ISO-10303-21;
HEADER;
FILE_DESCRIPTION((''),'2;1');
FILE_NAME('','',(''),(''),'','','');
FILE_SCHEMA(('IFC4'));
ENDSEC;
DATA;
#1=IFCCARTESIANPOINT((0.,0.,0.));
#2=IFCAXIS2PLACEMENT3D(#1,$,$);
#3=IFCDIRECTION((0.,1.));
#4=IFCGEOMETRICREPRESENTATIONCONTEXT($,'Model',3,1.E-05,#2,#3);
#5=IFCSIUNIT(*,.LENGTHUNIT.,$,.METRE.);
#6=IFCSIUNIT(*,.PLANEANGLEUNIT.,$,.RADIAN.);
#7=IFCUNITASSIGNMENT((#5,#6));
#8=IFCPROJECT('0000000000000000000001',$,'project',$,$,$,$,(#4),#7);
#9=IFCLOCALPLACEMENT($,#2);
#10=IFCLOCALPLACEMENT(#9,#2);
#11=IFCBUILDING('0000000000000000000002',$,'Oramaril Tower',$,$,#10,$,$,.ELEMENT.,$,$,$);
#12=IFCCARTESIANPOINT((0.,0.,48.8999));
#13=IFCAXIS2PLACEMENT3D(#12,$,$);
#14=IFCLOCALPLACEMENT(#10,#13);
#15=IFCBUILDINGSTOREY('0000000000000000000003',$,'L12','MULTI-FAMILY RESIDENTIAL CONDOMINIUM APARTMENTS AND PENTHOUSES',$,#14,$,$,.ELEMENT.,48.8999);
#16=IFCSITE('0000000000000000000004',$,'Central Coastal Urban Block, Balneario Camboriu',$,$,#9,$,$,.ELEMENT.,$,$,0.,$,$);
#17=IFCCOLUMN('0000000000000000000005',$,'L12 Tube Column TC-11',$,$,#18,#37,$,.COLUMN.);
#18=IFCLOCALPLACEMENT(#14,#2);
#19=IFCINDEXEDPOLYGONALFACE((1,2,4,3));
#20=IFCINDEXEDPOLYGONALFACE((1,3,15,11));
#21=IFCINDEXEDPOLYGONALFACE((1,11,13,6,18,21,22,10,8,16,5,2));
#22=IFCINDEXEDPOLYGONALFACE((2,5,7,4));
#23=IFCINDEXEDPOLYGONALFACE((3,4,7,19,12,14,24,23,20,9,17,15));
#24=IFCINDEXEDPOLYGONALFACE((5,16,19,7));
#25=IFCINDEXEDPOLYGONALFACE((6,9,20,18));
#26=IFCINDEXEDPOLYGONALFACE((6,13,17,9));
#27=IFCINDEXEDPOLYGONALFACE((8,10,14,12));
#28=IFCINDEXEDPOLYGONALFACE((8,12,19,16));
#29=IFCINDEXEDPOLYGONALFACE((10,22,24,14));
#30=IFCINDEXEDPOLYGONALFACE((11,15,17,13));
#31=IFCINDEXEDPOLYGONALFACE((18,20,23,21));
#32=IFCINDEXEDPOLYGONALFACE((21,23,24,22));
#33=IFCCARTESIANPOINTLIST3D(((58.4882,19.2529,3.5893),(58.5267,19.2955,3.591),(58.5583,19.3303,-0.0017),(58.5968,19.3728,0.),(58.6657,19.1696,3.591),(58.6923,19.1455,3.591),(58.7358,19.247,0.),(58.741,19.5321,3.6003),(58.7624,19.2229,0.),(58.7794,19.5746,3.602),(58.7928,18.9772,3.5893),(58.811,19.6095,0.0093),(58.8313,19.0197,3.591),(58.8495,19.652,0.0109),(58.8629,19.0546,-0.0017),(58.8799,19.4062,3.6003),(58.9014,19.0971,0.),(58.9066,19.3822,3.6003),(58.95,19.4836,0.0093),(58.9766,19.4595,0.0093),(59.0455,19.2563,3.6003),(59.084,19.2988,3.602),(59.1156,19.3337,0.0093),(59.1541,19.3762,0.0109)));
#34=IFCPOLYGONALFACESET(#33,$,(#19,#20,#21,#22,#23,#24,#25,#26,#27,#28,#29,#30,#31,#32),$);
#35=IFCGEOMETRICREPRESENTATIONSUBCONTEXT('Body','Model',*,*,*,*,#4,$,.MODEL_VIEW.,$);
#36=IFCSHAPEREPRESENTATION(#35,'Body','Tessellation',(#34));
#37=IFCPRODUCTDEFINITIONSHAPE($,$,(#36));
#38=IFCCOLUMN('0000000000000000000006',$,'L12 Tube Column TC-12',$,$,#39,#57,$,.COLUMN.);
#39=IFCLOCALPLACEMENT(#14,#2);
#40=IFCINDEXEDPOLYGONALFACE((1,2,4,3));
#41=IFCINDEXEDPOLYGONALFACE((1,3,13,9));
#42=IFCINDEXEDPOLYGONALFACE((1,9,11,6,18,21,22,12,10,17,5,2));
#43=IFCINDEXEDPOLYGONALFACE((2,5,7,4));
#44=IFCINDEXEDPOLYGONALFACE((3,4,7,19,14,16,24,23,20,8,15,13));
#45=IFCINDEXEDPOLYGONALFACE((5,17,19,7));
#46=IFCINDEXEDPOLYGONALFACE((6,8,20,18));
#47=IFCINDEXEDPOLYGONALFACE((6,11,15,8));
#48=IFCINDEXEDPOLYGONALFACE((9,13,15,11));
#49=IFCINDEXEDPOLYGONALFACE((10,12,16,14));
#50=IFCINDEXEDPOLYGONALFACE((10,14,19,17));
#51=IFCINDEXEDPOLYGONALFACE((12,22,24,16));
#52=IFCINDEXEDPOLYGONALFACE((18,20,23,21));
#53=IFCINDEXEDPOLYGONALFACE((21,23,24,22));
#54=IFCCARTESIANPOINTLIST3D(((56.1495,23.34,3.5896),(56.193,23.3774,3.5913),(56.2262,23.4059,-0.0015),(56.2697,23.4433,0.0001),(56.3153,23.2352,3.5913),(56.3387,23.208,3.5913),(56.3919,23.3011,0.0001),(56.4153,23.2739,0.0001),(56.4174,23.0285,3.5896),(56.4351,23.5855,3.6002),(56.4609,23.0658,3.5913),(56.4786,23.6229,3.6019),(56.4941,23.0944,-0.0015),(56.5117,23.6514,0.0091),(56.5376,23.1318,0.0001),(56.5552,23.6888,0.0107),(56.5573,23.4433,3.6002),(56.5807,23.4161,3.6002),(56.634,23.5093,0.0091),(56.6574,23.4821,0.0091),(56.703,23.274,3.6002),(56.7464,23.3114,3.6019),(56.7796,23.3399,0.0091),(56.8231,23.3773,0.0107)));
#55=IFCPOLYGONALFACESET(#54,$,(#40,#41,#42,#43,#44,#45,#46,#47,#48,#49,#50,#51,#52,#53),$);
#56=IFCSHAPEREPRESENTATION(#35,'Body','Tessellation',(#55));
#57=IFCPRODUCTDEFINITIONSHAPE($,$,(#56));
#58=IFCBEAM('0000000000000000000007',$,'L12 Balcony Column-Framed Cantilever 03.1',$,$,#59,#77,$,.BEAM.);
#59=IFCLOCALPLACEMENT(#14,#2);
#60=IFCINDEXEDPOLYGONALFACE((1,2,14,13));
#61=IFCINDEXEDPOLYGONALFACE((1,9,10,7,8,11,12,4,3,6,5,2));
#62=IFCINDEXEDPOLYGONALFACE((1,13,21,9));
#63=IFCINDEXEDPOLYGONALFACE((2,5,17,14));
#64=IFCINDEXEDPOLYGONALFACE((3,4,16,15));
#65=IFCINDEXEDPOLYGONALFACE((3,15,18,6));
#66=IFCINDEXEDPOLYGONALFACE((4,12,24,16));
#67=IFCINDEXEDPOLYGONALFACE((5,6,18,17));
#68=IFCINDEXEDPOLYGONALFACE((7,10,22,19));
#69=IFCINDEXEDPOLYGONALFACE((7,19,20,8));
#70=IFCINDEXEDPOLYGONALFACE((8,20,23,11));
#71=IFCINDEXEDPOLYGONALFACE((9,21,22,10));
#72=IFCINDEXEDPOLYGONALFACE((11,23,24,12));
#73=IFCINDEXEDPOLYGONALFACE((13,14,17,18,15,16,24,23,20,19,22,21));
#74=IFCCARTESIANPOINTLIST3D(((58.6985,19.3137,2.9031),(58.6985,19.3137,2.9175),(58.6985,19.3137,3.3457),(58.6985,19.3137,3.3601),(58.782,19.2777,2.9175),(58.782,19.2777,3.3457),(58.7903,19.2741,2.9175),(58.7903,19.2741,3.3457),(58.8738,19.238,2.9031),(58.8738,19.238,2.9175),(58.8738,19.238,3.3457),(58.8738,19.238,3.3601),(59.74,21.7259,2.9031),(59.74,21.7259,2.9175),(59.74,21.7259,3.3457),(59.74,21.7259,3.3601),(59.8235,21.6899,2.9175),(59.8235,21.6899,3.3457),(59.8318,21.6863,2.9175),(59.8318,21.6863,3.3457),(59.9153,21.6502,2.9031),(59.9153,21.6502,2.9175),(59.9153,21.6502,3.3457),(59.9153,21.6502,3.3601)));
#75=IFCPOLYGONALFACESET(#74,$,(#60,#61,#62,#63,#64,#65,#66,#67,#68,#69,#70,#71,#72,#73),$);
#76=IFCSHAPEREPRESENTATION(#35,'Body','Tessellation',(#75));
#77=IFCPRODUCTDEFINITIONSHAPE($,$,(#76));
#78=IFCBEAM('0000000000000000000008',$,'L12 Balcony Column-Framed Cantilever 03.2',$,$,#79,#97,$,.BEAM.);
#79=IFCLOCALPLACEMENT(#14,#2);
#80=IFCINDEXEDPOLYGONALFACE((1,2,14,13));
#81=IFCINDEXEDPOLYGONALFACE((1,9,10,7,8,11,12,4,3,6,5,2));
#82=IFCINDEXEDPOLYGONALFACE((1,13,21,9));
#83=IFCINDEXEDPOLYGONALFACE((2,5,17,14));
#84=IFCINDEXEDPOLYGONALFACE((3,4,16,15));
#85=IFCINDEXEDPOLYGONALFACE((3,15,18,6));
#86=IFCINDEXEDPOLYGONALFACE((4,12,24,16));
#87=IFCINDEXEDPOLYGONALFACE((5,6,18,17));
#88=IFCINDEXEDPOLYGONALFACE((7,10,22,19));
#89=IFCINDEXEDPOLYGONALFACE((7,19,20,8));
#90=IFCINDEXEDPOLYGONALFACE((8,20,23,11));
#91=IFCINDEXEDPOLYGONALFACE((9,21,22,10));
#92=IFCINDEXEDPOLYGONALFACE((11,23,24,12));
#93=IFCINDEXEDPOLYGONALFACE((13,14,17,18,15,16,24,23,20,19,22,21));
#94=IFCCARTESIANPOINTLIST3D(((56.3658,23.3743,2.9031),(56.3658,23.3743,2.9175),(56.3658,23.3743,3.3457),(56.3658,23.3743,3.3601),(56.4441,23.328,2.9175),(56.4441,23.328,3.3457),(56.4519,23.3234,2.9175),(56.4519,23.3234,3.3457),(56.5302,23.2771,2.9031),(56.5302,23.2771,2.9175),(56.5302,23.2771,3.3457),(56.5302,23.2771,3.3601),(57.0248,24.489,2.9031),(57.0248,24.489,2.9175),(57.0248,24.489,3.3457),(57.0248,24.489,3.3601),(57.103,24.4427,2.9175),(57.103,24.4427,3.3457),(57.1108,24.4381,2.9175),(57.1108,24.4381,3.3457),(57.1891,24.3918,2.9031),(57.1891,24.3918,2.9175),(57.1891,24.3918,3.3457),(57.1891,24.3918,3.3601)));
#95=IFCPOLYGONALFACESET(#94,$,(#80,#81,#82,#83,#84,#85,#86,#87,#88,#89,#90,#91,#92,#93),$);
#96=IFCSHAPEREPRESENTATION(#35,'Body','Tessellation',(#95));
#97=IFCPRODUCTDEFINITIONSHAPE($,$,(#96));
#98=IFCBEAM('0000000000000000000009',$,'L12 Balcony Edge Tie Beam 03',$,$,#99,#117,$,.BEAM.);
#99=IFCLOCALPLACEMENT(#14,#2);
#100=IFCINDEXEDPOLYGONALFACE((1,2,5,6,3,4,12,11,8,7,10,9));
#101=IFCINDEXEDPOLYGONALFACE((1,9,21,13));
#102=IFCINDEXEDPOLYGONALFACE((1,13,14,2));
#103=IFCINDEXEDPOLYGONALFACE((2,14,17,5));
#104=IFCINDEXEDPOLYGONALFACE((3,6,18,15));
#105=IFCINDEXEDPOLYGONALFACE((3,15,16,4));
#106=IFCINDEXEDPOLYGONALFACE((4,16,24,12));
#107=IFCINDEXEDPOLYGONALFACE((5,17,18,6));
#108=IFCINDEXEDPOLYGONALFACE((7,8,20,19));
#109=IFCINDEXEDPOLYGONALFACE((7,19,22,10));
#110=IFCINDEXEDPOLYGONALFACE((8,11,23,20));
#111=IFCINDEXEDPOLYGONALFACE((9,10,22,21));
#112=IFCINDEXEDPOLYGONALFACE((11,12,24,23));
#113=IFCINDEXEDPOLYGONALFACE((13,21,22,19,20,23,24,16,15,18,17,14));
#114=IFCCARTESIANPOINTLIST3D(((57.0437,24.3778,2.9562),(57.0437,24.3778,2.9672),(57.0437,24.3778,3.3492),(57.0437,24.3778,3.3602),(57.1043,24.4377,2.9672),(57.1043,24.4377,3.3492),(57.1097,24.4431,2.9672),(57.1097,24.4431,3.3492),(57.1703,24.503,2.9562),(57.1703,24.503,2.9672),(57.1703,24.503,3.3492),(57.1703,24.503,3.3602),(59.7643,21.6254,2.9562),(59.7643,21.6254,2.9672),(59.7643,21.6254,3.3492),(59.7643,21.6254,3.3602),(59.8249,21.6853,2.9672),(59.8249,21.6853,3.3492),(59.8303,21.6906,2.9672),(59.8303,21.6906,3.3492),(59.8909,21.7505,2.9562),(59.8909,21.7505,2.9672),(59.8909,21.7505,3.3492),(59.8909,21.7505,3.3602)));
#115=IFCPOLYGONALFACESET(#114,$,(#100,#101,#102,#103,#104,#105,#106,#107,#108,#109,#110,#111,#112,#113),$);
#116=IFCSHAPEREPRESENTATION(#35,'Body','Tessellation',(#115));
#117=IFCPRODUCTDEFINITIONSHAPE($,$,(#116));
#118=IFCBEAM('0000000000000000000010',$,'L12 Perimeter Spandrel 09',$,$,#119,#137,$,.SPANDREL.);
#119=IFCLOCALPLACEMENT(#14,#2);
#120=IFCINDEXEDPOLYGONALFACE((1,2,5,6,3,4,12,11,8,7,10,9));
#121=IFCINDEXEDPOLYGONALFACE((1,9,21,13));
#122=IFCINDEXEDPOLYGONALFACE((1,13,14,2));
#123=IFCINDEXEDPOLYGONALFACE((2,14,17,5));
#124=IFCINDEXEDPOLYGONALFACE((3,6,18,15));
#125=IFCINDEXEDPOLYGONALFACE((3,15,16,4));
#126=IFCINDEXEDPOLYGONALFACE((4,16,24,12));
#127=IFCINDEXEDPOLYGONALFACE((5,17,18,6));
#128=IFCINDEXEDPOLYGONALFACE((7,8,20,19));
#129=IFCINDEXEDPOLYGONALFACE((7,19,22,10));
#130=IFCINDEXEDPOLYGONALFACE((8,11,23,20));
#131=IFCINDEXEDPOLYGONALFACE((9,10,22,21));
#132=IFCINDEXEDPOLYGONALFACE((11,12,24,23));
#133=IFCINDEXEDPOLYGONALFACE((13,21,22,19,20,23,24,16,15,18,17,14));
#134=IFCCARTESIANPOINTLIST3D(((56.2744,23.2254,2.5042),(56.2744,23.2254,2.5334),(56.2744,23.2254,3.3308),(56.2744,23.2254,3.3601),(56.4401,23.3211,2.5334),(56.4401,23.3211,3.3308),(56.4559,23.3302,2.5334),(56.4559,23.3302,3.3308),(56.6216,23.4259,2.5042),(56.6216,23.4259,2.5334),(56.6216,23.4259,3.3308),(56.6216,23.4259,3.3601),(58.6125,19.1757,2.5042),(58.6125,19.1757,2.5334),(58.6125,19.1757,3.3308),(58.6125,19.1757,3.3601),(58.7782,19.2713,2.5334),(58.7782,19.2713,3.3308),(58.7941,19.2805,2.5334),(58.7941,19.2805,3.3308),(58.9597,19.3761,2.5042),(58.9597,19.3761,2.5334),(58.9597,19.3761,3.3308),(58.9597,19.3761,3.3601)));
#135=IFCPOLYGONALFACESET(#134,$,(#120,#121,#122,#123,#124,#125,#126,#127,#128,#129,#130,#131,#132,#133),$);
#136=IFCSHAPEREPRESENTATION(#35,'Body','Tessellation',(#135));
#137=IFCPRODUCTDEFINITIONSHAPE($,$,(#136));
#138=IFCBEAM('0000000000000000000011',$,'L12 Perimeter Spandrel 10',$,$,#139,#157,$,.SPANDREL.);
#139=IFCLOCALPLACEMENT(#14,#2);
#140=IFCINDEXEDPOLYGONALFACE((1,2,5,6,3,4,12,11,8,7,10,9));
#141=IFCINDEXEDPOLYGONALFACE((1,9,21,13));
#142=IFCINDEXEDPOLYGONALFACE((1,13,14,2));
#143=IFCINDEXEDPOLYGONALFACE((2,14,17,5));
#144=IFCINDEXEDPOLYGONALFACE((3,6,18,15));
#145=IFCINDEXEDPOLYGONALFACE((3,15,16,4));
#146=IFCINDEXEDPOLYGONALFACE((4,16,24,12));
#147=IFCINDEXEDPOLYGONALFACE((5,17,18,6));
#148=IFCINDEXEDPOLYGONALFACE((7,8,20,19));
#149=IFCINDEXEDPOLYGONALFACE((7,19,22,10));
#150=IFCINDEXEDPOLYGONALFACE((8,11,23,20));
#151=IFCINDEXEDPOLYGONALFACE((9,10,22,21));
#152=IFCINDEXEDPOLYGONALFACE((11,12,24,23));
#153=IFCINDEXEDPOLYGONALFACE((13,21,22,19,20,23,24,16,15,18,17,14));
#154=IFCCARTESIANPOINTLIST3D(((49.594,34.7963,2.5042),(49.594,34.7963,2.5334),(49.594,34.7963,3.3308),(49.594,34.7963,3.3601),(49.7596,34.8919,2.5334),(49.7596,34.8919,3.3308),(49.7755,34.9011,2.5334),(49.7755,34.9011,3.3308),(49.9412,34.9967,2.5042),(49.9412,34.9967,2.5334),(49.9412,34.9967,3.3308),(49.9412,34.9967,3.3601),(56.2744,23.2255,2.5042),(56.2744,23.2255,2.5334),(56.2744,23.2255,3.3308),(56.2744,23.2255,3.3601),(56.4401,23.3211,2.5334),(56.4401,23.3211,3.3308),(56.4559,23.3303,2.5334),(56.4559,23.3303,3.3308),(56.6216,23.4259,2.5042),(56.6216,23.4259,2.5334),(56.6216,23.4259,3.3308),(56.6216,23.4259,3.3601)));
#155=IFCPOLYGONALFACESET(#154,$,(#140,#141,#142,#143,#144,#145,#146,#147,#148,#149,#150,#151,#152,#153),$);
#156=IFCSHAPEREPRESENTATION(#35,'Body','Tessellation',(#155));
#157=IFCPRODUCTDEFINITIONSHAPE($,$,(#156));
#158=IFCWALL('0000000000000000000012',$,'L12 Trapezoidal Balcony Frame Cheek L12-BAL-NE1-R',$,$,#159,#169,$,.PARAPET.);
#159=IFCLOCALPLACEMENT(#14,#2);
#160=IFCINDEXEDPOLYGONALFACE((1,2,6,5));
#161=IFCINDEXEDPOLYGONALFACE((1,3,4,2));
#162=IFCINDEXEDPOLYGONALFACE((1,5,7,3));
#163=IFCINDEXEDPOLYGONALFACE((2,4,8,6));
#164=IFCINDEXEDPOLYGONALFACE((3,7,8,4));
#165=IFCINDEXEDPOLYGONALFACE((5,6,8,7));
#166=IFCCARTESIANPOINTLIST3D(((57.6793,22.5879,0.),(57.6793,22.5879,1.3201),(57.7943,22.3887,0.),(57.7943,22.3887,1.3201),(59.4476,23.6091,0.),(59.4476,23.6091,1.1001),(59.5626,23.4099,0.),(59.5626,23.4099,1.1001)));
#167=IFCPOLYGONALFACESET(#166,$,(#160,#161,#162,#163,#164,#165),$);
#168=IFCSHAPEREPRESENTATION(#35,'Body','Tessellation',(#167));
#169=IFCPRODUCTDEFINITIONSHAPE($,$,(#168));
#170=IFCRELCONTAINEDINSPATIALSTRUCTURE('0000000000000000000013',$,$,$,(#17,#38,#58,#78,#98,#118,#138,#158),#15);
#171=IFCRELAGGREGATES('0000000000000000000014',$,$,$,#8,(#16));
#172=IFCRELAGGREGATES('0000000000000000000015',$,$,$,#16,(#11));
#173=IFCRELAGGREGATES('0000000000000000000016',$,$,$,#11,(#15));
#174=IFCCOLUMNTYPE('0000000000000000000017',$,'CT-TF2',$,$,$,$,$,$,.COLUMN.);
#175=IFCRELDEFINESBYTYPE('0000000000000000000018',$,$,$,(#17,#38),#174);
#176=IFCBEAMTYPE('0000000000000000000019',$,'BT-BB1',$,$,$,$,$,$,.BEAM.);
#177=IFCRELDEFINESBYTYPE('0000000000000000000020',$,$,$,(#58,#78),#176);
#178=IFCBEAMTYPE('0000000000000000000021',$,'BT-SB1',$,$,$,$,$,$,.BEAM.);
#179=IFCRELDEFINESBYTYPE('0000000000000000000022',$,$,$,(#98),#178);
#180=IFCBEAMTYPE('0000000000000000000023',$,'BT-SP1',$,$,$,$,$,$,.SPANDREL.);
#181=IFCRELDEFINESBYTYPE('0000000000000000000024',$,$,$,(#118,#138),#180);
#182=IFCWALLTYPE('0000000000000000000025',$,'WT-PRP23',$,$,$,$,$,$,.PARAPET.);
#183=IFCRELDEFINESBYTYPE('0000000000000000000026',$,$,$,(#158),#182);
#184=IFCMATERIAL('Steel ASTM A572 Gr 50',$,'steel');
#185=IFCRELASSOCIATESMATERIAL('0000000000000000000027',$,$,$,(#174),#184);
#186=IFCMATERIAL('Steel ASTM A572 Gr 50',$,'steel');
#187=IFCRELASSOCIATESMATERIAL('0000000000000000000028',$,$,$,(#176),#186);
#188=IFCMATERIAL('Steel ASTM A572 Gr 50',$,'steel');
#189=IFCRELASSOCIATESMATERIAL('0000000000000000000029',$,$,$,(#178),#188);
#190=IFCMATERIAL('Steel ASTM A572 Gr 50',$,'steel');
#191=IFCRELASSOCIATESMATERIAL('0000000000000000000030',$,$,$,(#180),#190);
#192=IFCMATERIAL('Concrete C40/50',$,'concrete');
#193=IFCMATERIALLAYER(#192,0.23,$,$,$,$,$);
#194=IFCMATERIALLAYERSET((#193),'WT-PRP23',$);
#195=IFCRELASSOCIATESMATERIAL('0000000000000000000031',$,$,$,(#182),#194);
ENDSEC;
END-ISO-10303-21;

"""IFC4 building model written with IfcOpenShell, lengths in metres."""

from ifc_helpers import new_model, si_unit, direction, frame, origin, origin_2d, place, context, subcontext, project, spatial, polyline, i_section, outline, extrude, material, layer, layer_set, material_profile, profile_set, type_object, element, save


model = new_model("IFC4")

# Units and contexts
model_context = context("Model", 3, precision=1e-05, world=origin(), true_north=direction((0.0, 1.0)))
body_context = subcontext(model_context, "Body", "Model", "MODEL_VIEW")
ifc_project = project(units=[si_unit("LENGTHUNIT", "METRE"), si_unit("PLANEANGLEUNIT", "RADIAN")], contexts=[model_context])

# Site, building, storey
site_placement = place(None, origin())
site = spatial("IfcSite", under=ifc_project, at=site_placement, Name="Central Coastal Urban Block, Balneario Camboriu", CompositionType="ELEMENT", RefElevation=0.0)
building_placement = place(site_placement, origin())
building = spatial("IfcBuilding", under=site, at=building_placement, Name="Oramaril Tower", CompositionType="ELEMENT")
storey_placement = place(building_placement, frame((0.0, 0.0, 48.8999)))
storey = spatial("IfcBuildingStorey", under=building, at=storey_placement, Name="L12", Description="MULTI-FAMILY RESIDENTIAL CONDOMINIUM APARTMENTS AND PENTHOUSES", CompositionType="ELEMENT", Elevation=48.8999)

# Columns
ifc_material_1 = material(Name="Steel ASTM A572 Gr 50", Category="steel")
ifc_material_profile_1 = material_profile(ifc_material_1, i_section(OverallWidth=0.4109, OverallDepth=0.4341, WebThickness=0.0359, FlangeThickness=0.0574, at=origin_2d()), Name="W14X311")
ifc_profile_set_1 = profile_set([ifc_material_profile_1], Name="Steel ASTM A572 Gr 50")
column_type = type_object("IfcColumnType", Name="CT-TF2", PredefinedType="COLUMN", material=ifc_profile_set_1)
for number, where, z_axis, x_axis, name in (
    (1, (58.8562, 19.3533, 0.0046), (-0.019504, -0.021542, 0.999578), (0.741314, -0.671158, 0.0), "L12 Tube Column TC-11"),
    (2, (56.5247, 23.3916, 0.0046), (-0.021339, -0.018349, 0.999604), (0.651984, -0.758233, 0.0), "L12 Tube Column TC-12"),
):
    element("IfcColumn", number, at=place(storey_placement, frame(where, z_axis=z_axis, x_axis=x_axis)), inside=storey, type_object=column_type, Name=name, PredefinedType="COLUMN", context=body_context, shape_type="SweptSolid", body=[
        extrude(i_section(OverallWidth=0.4109, OverallDepth=0.4341, WebThickness=0.0359, FlangeThickness=0.0574, at=origin_2d()), origin(), (0.0, 0.0, 1.0), 3.5925),
    ])

# Beams
ifc_material_2 = material(Name="Steel ASTM A572 Gr 50", Category="steel")
ifc_material_profile_2 = material_profile(ifc_material_2, i_section(OverallWidth=0.1909, OverallDepth=0.457, WebThickness=0.009, FlangeThickness=0.0144, at=origin_2d()), Name="W18X50")
ifc_profile_set_2 = profile_set([ifc_material_profile_2], Name="Steel ASTM A572 Gr 50")
beam_type_1 = type_object("IfcBeamType", Name="BT-BB1", PredefinedType="BEAM", material=ifc_profile_set_2)
beam_1_placement = place(storey_placement, frame((58.7861, 19.2759, 3.1316), z_axis=(0.396408, 0.918075, 0.0), x_axis=(-0.918075, 0.396408, 0.0)))
element("IfcBeam", 3, at=beam_1_placement, inside=storey, type_object=beam_type_1, Name="L12 Balcony Column-Framed Cantilever 03.1", PredefinedType="BEAM", context=body_context, shape_type="SweptSolid", body=[
    extrude(i_section(OverallWidth=0.1909, OverallDepth=0.457, WebThickness=0.009, FlangeThickness=0.0144, at=origin_2d()), origin(), (0.0, 0.0, 1.0), 2.6274),
])
beam_2_placement = place(storey_placement, frame((56.448, 23.3257, 3.1316), z_axis=(0.508856, 0.860851, 0.0), x_axis=(-0.860851, 0.508856, 0.0)))
element("IfcBeam", 4, at=beam_2_placement, inside=storey, type_object=beam_type_1, Name="L12 Balcony Column-Framed Cantilever 03.2", PredefinedType="BEAM", context=body_context, shape_type="SweptSolid", body=[
    extrude(i_section(OverallWidth=0.1909, OverallDepth=0.457, WebThickness=0.009, FlangeThickness=0.0144, at=origin_2d()), origin(), (0.0, 0.0, 1.0), 1.2949),
])
ifc_material_3 = material(Name="Steel ASTM A572 Gr 50", Category="steel")
ifc_material_profile_3 = material_profile(ifc_material_3, i_section(OverallWidth=0.178, OverallDepth=0.4041, WebThickness=0.0076, FlangeThickness=0.011, at=origin_2d()), Name="W16X36")
ifc_profile_set_3 = profile_set([ifc_material_profile_3], Name="Steel ASTM A572 Gr 50")
beam_type_2 = type_object("IfcBeamType", Name="BT-SB1", PredefinedType="BEAM", material=ifc_profile_set_3)
beam_3_placement = place(storey_placement, frame((59.8276, 21.688, 3.1582), z_axis=(-0.702995, 0.711195, 0.0), x_axis=(-0.711195, -0.702995, 0.0)))
element("IfcBeam", 5, at=beam_3_placement, inside=storey, type_object=beam_type_2, Name="L12 Balcony Edge Tie Beam 03", PredefinedType="BEAM", context=body_context, shape_type="SweptSolid", body=[
    extrude(i_section(OverallWidth=0.178, OverallDepth=0.4041, WebThickness=0.0076, FlangeThickness=0.011, at=origin_2d()), origin(), (0.0, 0.0, 1.0), 3.8701),
])
ifc_material_4 = material(Name="Steel ASTM A572 Gr 50", Category="steel")
ifc_material_profile_4 = material_profile(ifc_material_4, i_section(OverallWidth=0.4009, OverallDepth=0.856, WebThickness=0.0183, FlangeThickness=0.0293, at=origin_2d()), Name="W33X201")
ifc_profile_set_4 = profile_set([ifc_material_profile_4], Name="Steel ASTM A572 Gr 50")
beam_type_3 = type_object("IfcBeamType", Name="BT-SP1", PredefinedType="SPANDREL", material=ifc_profile_set_4)
beam_4_placement = place(storey_placement, frame((58.7861, 19.2759, 2.9321), z_axis=(-0.499997, 0.866027, 0.0), x_axis=(-0.866027, -0.499997, 0.0)))
element("IfcBeam", 6, at=beam_4_placement, inside=storey, type_object=beam_type_3, Name="L12 Perimeter Spandrel 09", PredefinedType="SPANDREL", context=body_context, shape_type="SweptSolid", body=[
    extrude(i_section(OverallWidth=0.4009, OverallDepth=0.856, WebThickness=0.0183, FlangeThickness=0.0293, at=origin_2d()), origin(), (0.0, 0.0, 1.0), 4.6763),
])
beam_5_placement = place(storey_placement, frame((56.448, 23.3257, 2.9321), z_axis=(-0.500001, 0.866025, 0.0), x_axis=(-0.866025, -0.500001, 0.0)))
element("IfcBeam", 7, at=beam_5_placement, inside=storey, type_object=beam_type_3, Name="L12 Perimeter Spandrel 10", PredefinedType="SPANDREL", context=body_context, shape_type="SweptSolid", body=[
    extrude(i_section(OverallWidth=0.4009, OverallDepth=0.856, WebThickness=0.0183, FlangeThickness=0.0293, at=origin_2d()), origin(), (0.0, 0.0, 1.0), 13.3608),
])

# Wall
ifc_material_5 = material(Name="Concrete C40/50", Category="concrete")
ifc_layer_1 = layer(ifc_material_5, 0.23)
ifc_layer_set_1 = layer_set([ifc_layer_1], Name="WT-PRP23")
wall_type_1 = type_object("IfcWallType", Name="WT-PRP23", PredefinedType="PARAPET", material=ifc_layer_set_1)
wall_1_placement = place(storey_placement, frame((57.7368, 22.4883, 0.0), z_axis=(0.0, 0.0, 1.0), x_axis=(0.865961, 0.500112, 0.0)))
element("IfcWall", 8, at=wall_1_placement, inside=storey, type_object=wall_type_1, Name="L12 Trapezoidal Balcony Frame Cheek L12-BAL-NE1-R", PredefinedType="PARAPET", context=body_context, shape_type="SweptSolid", body=[
    extrude(outline(polyline([(0.0, 0.0), (2.042, 0.0), (2.042, 1.1001), (0.0, 1.3201), (0.0, 0.0)])), frame((0.0, 0.115, 0.0), z_axis=(0.0, -1.0, 0.0), x_axis=(1.0, 0.0, 0.0)), (0.0, 0.0, 1.0), 0.23),
])

save(model, "model.ifc")
